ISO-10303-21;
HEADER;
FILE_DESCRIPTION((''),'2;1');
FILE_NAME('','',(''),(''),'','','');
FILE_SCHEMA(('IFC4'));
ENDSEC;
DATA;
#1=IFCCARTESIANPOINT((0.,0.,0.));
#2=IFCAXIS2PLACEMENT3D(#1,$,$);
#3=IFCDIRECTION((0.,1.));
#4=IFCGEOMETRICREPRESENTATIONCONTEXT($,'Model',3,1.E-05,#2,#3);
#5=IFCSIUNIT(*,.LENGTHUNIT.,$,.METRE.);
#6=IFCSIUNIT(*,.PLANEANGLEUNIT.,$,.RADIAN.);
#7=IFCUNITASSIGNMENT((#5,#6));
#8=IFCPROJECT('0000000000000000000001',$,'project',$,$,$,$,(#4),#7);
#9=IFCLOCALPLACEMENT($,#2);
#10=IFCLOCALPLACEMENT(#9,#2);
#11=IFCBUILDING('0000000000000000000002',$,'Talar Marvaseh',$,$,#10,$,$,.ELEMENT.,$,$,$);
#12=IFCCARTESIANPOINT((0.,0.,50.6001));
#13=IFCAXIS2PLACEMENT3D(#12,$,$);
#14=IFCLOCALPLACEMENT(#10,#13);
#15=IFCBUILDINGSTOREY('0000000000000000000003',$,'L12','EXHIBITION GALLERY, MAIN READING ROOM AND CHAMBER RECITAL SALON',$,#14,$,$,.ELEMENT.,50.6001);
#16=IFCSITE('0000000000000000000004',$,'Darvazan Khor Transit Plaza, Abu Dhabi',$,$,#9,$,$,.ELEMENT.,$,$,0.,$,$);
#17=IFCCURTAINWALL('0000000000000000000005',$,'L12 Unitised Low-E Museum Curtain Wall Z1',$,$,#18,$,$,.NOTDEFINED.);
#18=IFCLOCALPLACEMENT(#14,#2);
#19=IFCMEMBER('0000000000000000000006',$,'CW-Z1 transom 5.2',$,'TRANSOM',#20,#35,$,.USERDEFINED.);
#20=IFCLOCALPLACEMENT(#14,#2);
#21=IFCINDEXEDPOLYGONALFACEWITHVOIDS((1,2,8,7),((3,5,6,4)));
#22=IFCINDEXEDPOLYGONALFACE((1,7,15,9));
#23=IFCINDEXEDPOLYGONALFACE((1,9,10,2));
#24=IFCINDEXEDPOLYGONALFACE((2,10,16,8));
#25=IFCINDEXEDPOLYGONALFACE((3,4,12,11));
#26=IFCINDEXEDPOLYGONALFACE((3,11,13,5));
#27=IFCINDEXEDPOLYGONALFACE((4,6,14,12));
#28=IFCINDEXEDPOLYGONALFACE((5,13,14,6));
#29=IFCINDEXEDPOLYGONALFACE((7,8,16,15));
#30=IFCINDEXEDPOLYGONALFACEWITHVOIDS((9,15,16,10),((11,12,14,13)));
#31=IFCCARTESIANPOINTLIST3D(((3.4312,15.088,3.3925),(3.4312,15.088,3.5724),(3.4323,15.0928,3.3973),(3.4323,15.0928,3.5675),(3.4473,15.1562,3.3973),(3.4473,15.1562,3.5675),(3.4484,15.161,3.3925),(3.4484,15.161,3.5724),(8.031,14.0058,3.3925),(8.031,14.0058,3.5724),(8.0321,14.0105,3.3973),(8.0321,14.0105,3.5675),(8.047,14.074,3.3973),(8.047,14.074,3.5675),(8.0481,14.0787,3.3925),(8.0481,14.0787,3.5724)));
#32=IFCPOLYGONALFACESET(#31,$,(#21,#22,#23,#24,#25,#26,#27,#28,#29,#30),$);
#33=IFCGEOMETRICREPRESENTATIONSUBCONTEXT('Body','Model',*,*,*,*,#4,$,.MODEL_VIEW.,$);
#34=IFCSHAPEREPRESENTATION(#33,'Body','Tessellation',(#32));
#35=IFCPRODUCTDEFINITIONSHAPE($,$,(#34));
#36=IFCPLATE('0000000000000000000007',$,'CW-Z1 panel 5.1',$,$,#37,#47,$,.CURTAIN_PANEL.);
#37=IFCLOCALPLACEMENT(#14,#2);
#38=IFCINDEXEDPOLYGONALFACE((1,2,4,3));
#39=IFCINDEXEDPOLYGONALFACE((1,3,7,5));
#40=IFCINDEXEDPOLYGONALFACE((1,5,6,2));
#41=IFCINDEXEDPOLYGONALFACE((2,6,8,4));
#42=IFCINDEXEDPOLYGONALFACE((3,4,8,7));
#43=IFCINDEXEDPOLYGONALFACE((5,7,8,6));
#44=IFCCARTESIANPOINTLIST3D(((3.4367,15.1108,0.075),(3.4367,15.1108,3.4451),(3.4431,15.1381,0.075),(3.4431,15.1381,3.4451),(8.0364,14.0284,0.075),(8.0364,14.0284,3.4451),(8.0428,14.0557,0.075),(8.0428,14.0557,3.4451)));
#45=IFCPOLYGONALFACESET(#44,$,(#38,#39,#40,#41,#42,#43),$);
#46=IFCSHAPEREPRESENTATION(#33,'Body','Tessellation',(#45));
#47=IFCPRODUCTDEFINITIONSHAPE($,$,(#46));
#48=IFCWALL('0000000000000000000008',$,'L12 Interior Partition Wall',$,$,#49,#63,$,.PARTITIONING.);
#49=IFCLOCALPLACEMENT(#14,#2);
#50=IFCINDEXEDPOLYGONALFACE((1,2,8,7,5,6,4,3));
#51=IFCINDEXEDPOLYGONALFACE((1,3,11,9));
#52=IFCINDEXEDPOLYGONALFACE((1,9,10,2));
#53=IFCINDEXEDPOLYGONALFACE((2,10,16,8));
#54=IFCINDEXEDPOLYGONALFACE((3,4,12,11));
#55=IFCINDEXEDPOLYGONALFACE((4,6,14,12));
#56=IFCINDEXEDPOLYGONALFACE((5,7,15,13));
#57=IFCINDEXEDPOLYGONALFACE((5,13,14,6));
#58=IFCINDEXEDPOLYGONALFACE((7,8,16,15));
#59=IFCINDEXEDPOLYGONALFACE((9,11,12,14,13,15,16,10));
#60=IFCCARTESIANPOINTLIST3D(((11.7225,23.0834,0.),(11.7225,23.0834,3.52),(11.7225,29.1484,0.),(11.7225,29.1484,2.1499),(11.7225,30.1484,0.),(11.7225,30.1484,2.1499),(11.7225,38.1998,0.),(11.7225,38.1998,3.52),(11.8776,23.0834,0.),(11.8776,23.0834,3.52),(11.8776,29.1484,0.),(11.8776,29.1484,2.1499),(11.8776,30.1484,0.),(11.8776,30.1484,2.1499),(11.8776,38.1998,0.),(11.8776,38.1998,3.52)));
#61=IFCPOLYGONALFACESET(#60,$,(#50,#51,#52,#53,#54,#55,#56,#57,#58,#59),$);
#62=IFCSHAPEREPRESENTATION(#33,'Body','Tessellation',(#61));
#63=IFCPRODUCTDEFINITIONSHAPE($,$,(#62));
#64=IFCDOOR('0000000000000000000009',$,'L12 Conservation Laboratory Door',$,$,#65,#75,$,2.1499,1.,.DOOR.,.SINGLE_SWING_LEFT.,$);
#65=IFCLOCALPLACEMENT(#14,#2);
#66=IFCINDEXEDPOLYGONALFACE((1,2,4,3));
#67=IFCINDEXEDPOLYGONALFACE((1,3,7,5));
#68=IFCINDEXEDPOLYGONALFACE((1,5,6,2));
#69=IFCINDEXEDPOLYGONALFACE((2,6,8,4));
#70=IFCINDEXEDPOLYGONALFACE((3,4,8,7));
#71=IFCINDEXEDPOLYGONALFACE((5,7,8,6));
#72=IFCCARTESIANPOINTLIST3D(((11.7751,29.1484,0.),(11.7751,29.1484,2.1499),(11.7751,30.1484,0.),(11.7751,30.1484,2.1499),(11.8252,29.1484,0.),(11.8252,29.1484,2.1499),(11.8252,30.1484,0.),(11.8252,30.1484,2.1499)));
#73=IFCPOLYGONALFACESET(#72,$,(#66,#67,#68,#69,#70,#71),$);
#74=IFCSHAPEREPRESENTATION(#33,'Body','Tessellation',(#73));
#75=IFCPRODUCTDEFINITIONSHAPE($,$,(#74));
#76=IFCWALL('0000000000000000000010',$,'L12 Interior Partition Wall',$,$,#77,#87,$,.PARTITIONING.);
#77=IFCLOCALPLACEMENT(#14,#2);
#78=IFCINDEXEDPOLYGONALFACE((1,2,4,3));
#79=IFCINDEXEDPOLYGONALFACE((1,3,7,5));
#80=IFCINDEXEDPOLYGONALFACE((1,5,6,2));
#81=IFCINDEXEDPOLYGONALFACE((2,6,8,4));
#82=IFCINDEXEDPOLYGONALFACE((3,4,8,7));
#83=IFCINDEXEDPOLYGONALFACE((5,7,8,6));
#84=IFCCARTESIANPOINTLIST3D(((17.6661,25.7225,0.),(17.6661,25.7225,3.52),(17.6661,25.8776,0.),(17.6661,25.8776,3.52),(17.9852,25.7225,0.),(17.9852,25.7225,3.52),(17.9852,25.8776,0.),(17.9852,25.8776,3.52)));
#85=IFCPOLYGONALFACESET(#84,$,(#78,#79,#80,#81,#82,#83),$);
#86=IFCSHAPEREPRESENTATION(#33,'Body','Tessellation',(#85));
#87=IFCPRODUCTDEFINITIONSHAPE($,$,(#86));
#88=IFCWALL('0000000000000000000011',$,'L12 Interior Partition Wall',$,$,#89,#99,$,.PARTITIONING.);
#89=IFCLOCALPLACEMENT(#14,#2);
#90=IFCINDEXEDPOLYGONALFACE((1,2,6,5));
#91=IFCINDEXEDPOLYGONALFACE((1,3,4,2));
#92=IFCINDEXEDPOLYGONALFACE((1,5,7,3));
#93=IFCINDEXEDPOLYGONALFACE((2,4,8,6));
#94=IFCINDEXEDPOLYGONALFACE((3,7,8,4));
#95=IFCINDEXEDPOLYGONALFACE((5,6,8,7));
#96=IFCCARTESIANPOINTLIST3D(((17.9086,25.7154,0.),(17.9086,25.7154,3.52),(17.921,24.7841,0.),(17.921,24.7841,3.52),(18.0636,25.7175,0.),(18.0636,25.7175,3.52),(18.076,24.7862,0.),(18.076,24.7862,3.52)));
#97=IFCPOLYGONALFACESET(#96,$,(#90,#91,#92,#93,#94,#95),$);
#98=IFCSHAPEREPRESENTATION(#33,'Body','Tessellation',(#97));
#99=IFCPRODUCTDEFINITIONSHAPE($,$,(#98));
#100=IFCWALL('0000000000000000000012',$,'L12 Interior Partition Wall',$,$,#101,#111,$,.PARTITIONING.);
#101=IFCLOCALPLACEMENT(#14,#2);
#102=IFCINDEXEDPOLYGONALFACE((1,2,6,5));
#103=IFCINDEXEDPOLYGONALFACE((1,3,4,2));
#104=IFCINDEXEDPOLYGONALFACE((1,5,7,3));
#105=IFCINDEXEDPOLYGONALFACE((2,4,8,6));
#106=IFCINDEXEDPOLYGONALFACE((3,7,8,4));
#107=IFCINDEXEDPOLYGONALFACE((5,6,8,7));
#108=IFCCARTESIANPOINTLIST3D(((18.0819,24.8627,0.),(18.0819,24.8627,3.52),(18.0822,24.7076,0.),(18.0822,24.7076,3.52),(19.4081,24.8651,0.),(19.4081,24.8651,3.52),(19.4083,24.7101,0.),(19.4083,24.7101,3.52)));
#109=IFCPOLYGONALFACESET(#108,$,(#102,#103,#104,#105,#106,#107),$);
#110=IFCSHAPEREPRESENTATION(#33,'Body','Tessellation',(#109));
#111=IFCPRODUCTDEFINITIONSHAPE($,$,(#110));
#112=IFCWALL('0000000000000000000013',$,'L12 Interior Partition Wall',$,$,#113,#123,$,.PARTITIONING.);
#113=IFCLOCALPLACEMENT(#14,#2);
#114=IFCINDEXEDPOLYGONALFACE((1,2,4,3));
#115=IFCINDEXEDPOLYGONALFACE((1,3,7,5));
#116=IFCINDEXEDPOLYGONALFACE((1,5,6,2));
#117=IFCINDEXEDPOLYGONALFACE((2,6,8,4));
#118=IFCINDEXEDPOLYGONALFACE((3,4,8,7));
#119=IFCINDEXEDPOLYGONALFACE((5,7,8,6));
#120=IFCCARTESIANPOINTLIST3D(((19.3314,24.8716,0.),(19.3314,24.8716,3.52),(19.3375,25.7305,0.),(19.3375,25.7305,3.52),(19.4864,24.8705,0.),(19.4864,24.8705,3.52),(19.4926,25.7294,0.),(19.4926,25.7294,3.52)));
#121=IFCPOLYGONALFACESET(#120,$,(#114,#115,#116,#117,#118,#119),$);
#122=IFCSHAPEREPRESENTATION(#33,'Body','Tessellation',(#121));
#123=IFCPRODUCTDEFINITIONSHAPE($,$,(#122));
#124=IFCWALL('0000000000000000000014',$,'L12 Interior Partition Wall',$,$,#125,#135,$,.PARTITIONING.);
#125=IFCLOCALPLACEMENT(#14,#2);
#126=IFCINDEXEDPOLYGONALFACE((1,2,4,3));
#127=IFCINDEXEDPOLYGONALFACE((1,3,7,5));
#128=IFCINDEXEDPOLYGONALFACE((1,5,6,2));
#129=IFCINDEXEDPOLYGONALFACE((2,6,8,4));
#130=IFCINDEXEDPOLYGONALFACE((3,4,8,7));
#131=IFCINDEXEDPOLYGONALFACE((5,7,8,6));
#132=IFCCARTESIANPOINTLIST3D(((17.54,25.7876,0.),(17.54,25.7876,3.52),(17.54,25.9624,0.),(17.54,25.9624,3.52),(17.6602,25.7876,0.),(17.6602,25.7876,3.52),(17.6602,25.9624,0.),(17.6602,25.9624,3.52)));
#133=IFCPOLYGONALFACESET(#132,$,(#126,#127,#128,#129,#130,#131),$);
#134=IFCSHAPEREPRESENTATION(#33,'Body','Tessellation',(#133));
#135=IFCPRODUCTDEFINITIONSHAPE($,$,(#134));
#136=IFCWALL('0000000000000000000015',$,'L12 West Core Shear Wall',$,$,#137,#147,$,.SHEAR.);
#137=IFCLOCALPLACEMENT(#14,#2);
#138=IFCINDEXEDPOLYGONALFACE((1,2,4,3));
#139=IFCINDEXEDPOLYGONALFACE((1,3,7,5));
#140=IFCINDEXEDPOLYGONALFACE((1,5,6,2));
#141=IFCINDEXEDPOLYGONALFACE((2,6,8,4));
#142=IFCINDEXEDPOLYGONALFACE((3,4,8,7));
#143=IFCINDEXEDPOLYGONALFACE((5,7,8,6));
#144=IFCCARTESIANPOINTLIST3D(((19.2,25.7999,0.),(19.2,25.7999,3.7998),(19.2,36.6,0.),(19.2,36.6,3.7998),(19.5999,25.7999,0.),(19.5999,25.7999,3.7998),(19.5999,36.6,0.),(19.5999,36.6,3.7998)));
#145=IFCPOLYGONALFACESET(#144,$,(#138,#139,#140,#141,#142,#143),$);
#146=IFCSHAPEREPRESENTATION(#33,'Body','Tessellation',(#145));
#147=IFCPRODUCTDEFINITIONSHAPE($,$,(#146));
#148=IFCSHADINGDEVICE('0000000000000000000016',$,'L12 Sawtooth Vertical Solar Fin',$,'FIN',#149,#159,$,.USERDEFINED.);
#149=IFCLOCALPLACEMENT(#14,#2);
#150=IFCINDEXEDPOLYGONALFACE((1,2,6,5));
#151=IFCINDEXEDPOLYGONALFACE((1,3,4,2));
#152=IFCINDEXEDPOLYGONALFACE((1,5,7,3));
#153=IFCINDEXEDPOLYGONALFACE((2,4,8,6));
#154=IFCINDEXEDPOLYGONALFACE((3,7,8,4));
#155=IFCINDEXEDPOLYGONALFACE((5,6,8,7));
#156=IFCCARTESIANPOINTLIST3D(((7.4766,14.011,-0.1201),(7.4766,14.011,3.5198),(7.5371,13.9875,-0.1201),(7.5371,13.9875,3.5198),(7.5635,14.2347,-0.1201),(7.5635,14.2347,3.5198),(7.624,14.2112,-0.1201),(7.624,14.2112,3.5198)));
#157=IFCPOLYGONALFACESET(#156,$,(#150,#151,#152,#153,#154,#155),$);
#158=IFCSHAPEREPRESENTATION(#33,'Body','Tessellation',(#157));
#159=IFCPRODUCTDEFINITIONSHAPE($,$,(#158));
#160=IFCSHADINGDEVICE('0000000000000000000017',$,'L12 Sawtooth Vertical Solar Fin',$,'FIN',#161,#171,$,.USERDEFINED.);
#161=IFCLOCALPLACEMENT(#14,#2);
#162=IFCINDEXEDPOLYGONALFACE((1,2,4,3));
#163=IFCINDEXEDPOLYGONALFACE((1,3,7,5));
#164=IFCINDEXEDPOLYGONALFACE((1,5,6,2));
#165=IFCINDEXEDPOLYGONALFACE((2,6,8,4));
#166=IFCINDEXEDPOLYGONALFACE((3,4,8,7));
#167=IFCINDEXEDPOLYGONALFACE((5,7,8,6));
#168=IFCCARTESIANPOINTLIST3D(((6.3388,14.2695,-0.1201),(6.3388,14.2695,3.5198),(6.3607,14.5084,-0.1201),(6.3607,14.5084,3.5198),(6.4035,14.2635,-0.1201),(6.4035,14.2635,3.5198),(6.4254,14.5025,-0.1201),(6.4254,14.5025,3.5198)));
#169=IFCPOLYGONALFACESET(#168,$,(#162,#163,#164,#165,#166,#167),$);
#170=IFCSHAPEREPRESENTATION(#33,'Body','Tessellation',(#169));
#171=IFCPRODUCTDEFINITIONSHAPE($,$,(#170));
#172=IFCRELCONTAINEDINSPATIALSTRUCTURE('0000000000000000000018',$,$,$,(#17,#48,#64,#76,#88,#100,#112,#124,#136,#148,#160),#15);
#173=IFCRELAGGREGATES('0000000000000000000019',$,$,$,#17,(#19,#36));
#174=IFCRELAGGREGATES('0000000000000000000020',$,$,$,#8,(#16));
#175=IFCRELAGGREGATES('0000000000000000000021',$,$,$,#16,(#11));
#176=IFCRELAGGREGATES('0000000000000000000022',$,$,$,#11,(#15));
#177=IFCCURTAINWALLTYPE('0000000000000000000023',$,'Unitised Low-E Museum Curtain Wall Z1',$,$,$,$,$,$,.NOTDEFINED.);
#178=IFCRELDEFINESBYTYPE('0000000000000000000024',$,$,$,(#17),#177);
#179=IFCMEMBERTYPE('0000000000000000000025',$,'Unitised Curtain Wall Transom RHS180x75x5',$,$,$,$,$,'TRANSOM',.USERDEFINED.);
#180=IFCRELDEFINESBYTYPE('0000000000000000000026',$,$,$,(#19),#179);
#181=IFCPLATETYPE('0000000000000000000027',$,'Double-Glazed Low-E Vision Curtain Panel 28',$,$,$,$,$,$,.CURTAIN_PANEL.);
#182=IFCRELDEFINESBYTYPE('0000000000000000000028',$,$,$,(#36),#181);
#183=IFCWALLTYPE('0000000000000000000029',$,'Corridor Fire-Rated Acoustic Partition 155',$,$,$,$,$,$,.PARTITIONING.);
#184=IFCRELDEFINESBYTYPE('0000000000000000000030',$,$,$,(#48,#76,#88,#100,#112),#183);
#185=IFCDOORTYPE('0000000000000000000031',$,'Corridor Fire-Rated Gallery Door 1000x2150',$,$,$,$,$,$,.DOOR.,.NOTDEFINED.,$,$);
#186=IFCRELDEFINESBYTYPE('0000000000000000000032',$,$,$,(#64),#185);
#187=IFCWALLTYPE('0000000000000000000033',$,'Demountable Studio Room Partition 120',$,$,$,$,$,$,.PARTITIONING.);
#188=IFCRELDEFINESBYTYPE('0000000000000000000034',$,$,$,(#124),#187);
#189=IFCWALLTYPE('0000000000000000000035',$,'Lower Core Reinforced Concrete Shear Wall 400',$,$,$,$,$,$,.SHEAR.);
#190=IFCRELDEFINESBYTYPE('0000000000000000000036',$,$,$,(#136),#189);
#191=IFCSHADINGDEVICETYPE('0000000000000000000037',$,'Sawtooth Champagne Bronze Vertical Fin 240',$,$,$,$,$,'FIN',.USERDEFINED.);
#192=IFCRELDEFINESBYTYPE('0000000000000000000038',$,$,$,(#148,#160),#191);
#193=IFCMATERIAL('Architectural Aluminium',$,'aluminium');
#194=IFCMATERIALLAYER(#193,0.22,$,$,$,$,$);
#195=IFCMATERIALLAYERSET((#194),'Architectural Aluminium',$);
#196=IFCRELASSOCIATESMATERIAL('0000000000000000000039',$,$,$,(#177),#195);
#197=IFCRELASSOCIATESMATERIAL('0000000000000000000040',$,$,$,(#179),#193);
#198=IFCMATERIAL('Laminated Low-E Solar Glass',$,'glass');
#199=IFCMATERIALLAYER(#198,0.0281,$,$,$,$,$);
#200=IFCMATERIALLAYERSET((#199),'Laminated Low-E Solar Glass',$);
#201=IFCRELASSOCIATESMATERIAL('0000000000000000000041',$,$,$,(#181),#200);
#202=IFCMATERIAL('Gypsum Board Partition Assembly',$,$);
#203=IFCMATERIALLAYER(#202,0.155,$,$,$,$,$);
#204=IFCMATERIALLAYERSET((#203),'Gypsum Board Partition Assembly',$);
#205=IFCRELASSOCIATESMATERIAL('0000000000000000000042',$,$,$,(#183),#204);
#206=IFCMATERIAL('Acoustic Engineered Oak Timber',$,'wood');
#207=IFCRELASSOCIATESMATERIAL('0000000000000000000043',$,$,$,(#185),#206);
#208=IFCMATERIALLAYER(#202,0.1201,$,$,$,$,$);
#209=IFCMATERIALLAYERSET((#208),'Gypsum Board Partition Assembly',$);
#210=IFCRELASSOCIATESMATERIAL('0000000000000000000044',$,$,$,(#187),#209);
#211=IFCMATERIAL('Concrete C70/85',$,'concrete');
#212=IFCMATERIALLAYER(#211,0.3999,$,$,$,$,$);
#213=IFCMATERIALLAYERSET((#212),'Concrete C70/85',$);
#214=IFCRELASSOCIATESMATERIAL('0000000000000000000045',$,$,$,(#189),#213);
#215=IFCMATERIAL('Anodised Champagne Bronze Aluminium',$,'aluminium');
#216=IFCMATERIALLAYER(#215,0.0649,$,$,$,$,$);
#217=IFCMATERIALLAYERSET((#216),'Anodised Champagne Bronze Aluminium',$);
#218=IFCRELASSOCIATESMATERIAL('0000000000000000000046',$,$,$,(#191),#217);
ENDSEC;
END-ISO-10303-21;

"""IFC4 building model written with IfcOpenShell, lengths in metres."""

from ifc_helpers import new_model, si_unit, direction, frame, frame_2d, origin, origin_2d, place, context, subcontext, project, spatial, rectangle, hollow_rectangle, extrude, source, transform, mapped, material, layer, layer_set, material_profile, profile_set, type_object, type_shapes, element, fill, aggregate, save


model = new_model("IFC4")

# Units and contexts
model_context = context("Model", 3, precision=1e-05, world=origin(), true_north=direction((0.0, 1.0)))
body_context = subcontext(model_context, "Body", "Model", "MODEL_VIEW")
ifc_project = project(units=[si_unit("LENGTHUNIT", "METRE"), si_unit("PLANEANGLEUNIT", "RADIAN")], contexts=[model_context])

# Site, building, storey
site_placement = place(None, origin())
site = spatial("IfcSite", under=ifc_project, at=site_placement, Name="Darvazan Khor Transit Plaza, Abu Dhabi", CompositionType="ELEMENT", RefElevation=0.0)
building_placement = place(site_placement, origin())
building = spatial("IfcBuilding", under=site, at=building_placement, Name="Talar Marvaseh", CompositionType="ELEMENT")
storey_placement = place(building_placement, frame((0.0, 0.0, 50.6001)))
storey = spatial("IfcBuildingStorey", under=building, at=storey_placement, Name="L12", Description="EXHIBITION GALLERY, MAIN READING ROOM AND CHAMBER RECITAL SALON", CompositionType="ELEMENT", Elevation=50.6001)

# Shared definitions
ifc_material_1 = material(Name="Concrete C70/85", Category="concrete")

# Curtain wall, member, plate
ifc_material_2 = material(Name="Architectural Aluminium", Category="aluminium")
ifc_layer_1 = layer(ifc_material_2, 0.22)
ifc_layer_set_1 = layer_set([ifc_layer_1], Name="Architectural Aluminium")
curtain_wall_type = type_object("IfcCurtainWallType", Name="Unitised Low-E Museum Curtain Wall Z1", PredefinedType="NOTDEFINED", material=ifc_layer_set_1)
curtain_wall_placement = place(storey_placement, origin())
curtain_wall = element("IfcCurtainWall", 1, at=curtain_wall_placement, inside=storey, type_object=curtain_wall_type, Name="L12 Unitised Low-E Museum Curtain Wall Z1", PredefinedType="NOTDEFINED")
ifc_material_profile_1 = material_profile(ifc_material_2, hollow_rectangle(XDim=0.075, YDim=0.1799, WallThickness=0.0049, at=origin_2d()), Name="RHS180x75x5")
ifc_profile_set_1 = profile_set([ifc_material_profile_1], Name="Architectural Aluminium")
member_type = type_object("IfcMemberType", Name="Unitised Curtain Wall Transom RHS180x75x5", ElementType="TRANSOM", PredefinedType="USERDEFINED", material=ifc_profile_set_1)
shared_shape_1 = source(origin(), body_context, "Body", "SweptSolid", [
    extrude(hollow_rectangle(XDim=0.075, YDim=0.1799, WallThickness=0.0049, at=origin_2d()), origin(), (0.0, 0.0, 1.0), 4.7253),
])
type_shapes(member_type, [shared_shape_1])
member_1_placement = place(storey_placement, frame((8.0396, 14.0422, 3.4824), z_axis=(-0.973419, 0.229031, 0.0), x_axis=(-0.229031, -0.973419, 0.0)))
member_1 = element("IfcMember", 2, at=member_1_placement, type_object=member_type, Name="CW-Z1 transom 5.2", ObjectType="TRANSOM", PredefinedType="USERDEFINED", context=body_context, shape_type="MappedRepresentation", body=[
    mapped(shared_shape_1, transform((0.0, 0.0, 0.0), x_axis=(1.0, 0.0, 0.0), y_axis=(0.0, 1.0, 0.0), z_axis=(0.0, 0.0, 1.0), scale=1.0)),
])
ifc_material_3 = material(Name="Laminated Low-E Solar Glass", Category="glass")
ifc_layer_2 = layer(ifc_material_3, 0.0281)
ifc_layer_set_2 = layer_set([ifc_layer_2], Name="Laminated Low-E Solar Glass")
plate_type = type_object("IfcPlateType", Name="Double-Glazed Low-E Vision Curtain Panel 28", PredefinedType="CURTAIN_PANEL", material=ifc_layer_set_2)
shared_shape_2 = source(origin(), body_context, "Body", "SweptSolid", [
    extrude(rectangle(XDim=4.7253, YDim=0.0281, at=origin_2d()), origin(), (0.0, 0.0, 1.0), 3.3701),
])
type_shapes(plate_type, [shared_shape_2])
plate_placement = place(storey_placement, frame((5.7397, 14.5833, 0.075), z_axis=(0.0, 0.0, 1.0), x_axis=(-0.973414, 0.229053, 0.0)))
plate = element("IfcPlate", 3, at=plate_placement, type_object=plate_type, Name="CW-Z1 panel 5.1", PredefinedType="CURTAIN_PANEL", context=body_context, shape_type="MappedRepresentation", body=[
    mapped(shared_shape_2, transform((0.0, 0.0, 0.0), x_axis=(1.0, 0.0, 0.0), y_axis=(0.0, 1.0, 0.0), z_axis=(0.0, 0.0, 1.0), scale=1.0)),
])
aggregate(curtain_wall, [member_1, plate])

# Wall, opening, door
ifc_material_4 = material(Name="Gypsum Board Partition Assembly")
ifc_layer_3 = layer(ifc_material_4, 0.155)
ifc_layer_set_3 = layer_set([ifc_layer_3], Name="Gypsum Board Partition Assembly")
wall_type_1 = type_object("IfcWallType", Name="Corridor Fire-Rated Acoustic Partition 155", PredefinedType="PARTITIONING", material=ifc_layer_set_3)
wall_1_placement = place(storey_placement, frame((11.8, 23.0835, 0.0), z_axis=(0.0, 0.0, 1.0), x_axis=(0.0, 1.0, 0.0)))
wall_1 = element("IfcWall", 4, at=wall_1_placement, inside=storey, type_object=wall_type_1, Name="L12 Interior Partition Wall", PredefinedType="PARTITIONING", context=body_context, shape_type="SweptSolid", body=[
    extrude(rectangle(XDim=15.1165, YDim=0.155, at=frame_2d((7.5581, 0.0))), origin(), (0.0, 0.0, 1.0), 3.52),
])
opening_placement = place(wall_1_placement, frame((6.0649, 0.0, 0.0)))
opening = element("IfcOpeningElement", 5, at=opening_placement, cuts=wall_1, PredefinedType="OPENING", context=body_context, shape_type="SweptSolid", body=[
    extrude(rectangle(XDim=1.0, YDim=2.1499, at=frame_2d((0.5, 1.075))), frame((0.0, 0.0874, 0.0), z_axis=(0.0, -1.0, 0.0), x_axis=(1.0, 0.0, 0.0)), (0.0, 0.0, 1.0), 0.175),
])
ifc_material_5 = material(Name="Acoustic Engineered Oak Timber", Category="wood")
door_type = type_object("IfcDoorType", Name="Corridor Fire-Rated Gallery Door 1000x2150", OperationType="NOTDEFINED", PredefinedType="DOOR", material=ifc_material_5)
shared_shape_3 = source(origin(), body_context, "Body", "SweptSolid", [
    extrude(rectangle(XDim=1.0, YDim=2.1499, at=frame_2d((0.5, 1.075))), frame((0.0, 0.0249, 0.0), z_axis=(0.0, -1.0, 0.0), x_axis=(1.0, 0.0, 0.0)), (0.0, 0.0, 1.0), 0.05),
])
type_shapes(door_type, [shared_shape_3])
door_placement = place(opening_placement, origin())
door = element("IfcDoor", 6, at=door_placement, inside=storey, type_object=door_type, Name="L12 Conservation Laboratory Door", OperationType="SINGLE_SWING_LEFT", OverallHeight=2.1499, OverallWidth=1.0, PredefinedType="DOOR", context=body_context, shape_type="MappedRepresentation", body=[
    mapped(shared_shape_3, transform((0.0, 0.0, 0.0), x_axis=(1.0, 0.0, 0.0), y_axis=(0.0, 1.0, 0.0), z_axis=(0.0, 0.0, 1.0), scale=1.0)),
])
fill(opening, door)

# Walls
wall_2_placement = place(storey_placement, frame((17.666, 25.8, 0.0), z_axis=(0.0, 0.0, 1.0), x_axis=(1.0, 0.0, 0.0)))
element("IfcWall", 7, at=wall_2_placement, inside=storey, type_object=wall_type_1, Name="L12 Interior Partition Wall", PredefinedType="PARTITIONING", context=body_context, shape_type="SweptSolid", body=[
    extrude(rectangle(XDim=0.3191, YDim=0.155, at=frame_2d((0.1597, 0.0))), origin(), (0.0, 0.0, 1.0), 3.52),
])
wall_3_placement = place(storey_placement, frame((17.9861, 25.7166, 0.0), z_axis=(0.0, 0.0, 1.0), x_axis=(0.013367, -0.999911, 0.0)))
element("IfcWall", 8, at=wall_3_placement, inside=storey, type_object=wall_type_1, Name="L12 Interior Partition Wall", PredefinedType="PARTITIONING", context=body_context, shape_type="SweptSolid", body=[
    extrude(rectangle(XDim=0.9314, YDim=0.155, at=frame_2d((0.4658, 0.0))), origin(), (0.0, 0.0, 1.0), 3.52),
])
wall_4_placement = place(storey_placement, frame((18.082, 24.7852, 0.0), z_axis=(0.0, 0.0, 1.0), x_axis=(0.999998, 0.001841, 0.0)))
element("IfcWall", 9, at=wall_4_placement, inside=storey, type_object=wall_type_1, Name="L12 Interior Partition Wall", PredefinedType="PARTITIONING", context=body_context, shape_type="SweptSolid", body=[
    extrude(rectangle(XDim=1.3262, YDim=0.155, at=frame_2d((0.6631, 0.0))), origin(), (0.0, 0.0, 1.0), 3.52),
])
wall_5_placement = place(storey_placement, frame((19.4089, 24.8711, 0.0), z_axis=(0.0, 0.0, 1.0), x_axis=(0.007106, 0.999975, 0.0)))
element("IfcWall", 10, at=wall_5_placement, inside=storey, type_object=wall_type_1, Name="L12 Interior Partition Wall", PredefinedType="PARTITIONING", context=body_context, shape_type="SweptSolid", body=[
    extrude(rectangle(XDim=0.8589, YDim=0.155, at=frame_2d((0.4294, 0.0))), origin(), (0.0, 0.0, 1.0), 3.52),
])
ifc_layer_4 = layer(ifc_material_4, 0.1201)
ifc_layer_set_4 = layer_set([ifc_layer_4], Name="Gypsum Board Partition Assembly")
wall_type_2 = type_object("IfcWallType", Name="Demountable Studio Room Partition 120", PredefinedType="PARTITIONING", material=ifc_layer_set_4)
wall_6_placement = place(storey_placement, frame((17.6001, 25.9624, 0.0), z_axis=(0.0, 0.0, 1.0), x_axis=(0.0, -1.0, 0.0)))
element("IfcWall", 11, at=wall_6_placement, inside=storey, type_object=wall_type_2, Name="L12 Interior Partition Wall", PredefinedType="PARTITIONING", context=body_context, shape_type="SweptSolid", body=[
    extrude(rectangle(XDim=0.1748, YDim=0.1201, at=frame_2d((0.0874, 0.0))), origin(), (0.0, 0.0, 1.0), 3.52),
])
ifc_layer_5 = layer(ifc_material_1, 0.3999)
ifc_layer_set_5 = layer_set([ifc_layer_5], Name="Concrete C70/85")
wall_type_3 = type_object("IfcWallType", Name="Lower Core Reinforced Concrete Shear Wall 400", PredefinedType="SHEAR", material=ifc_layer_set_5)
wall_7_placement = place(storey_placement, frame((19.3999, 25.8, 0.0), z_axis=(0.0, 0.0, 1.0), x_axis=(0.0, 1.0, 0.0)))
element("IfcWall", 12, at=wall_7_placement, inside=storey, type_object=wall_type_3, Name="L12 West Core Shear Wall", PredefinedType="SHEAR", context=body_context, shape_type="SweptSolid", body=[
    extrude(rectangle(XDim=10.8, YDim=0.3999, at=frame_2d((5.3999, 0.0))), origin(), (0.0, 0.0, 1.0), 3.7998),
])

# Shading devices
ifc_material_6 = material(Name="Anodised Champagne Bronze Aluminium", Category="aluminium")
ifc_layer_6 = layer(ifc_material_6, 0.0649)
ifc_layer_set_6 = layer_set([ifc_layer_6], Name="Anodised Champagne Bronze Aluminium")
shading_device_type = type_object("IfcShadingDeviceType", Name="Sawtooth Champagne Bronze Vertical Fin 240", ElementType="FIN", PredefinedType="USERDEFINED", material=ifc_layer_set_6)
shared_shape_4 = source(origin(), body_context, "Body", "SweptSolid", [
    extrude(rectangle(XDim=0.24, YDim=0.0649, at=origin_2d()), origin(), (0.0, 0.0, 1.0), 3.6399),
])
type_shapes(shading_device_type, [shared_shape_4])
for number, where, z_axis, x_axis, name in (
    (13, (7.5503, 14.1111, -0.1201), (0.0, 0.0, 1.0), (-0.362275, -0.932071, 0.0), "L12 Sawtooth Vertical Solar Fin"),
    (14, (6.3821, 14.386, -0.1201), (0.0, 0.0, 1.0), (-0.091328, -0.995821, 0.0), "L12 Sawtooth Vertical Solar Fin"),
):
    element("IfcShadingDevice", number, at=place(storey_placement, frame(where, z_axis=z_axis, x_axis=x_axis)), inside=storey, type_object=shading_device_type, Name=name, ObjectType="FIN", PredefinedType="USERDEFINED", context=body_context, shape_type="MappedRepresentation", body=[
        mapped(shared_shape_4, transform((0.0, 0.0, 0.0), x_axis=(1.0, 0.0, 0.0), y_axis=(0.0, 1.0, 0.0), z_axis=(0.0, 0.0, 1.0), scale=1.0)),
    ])

save(model, "model.ifc")
